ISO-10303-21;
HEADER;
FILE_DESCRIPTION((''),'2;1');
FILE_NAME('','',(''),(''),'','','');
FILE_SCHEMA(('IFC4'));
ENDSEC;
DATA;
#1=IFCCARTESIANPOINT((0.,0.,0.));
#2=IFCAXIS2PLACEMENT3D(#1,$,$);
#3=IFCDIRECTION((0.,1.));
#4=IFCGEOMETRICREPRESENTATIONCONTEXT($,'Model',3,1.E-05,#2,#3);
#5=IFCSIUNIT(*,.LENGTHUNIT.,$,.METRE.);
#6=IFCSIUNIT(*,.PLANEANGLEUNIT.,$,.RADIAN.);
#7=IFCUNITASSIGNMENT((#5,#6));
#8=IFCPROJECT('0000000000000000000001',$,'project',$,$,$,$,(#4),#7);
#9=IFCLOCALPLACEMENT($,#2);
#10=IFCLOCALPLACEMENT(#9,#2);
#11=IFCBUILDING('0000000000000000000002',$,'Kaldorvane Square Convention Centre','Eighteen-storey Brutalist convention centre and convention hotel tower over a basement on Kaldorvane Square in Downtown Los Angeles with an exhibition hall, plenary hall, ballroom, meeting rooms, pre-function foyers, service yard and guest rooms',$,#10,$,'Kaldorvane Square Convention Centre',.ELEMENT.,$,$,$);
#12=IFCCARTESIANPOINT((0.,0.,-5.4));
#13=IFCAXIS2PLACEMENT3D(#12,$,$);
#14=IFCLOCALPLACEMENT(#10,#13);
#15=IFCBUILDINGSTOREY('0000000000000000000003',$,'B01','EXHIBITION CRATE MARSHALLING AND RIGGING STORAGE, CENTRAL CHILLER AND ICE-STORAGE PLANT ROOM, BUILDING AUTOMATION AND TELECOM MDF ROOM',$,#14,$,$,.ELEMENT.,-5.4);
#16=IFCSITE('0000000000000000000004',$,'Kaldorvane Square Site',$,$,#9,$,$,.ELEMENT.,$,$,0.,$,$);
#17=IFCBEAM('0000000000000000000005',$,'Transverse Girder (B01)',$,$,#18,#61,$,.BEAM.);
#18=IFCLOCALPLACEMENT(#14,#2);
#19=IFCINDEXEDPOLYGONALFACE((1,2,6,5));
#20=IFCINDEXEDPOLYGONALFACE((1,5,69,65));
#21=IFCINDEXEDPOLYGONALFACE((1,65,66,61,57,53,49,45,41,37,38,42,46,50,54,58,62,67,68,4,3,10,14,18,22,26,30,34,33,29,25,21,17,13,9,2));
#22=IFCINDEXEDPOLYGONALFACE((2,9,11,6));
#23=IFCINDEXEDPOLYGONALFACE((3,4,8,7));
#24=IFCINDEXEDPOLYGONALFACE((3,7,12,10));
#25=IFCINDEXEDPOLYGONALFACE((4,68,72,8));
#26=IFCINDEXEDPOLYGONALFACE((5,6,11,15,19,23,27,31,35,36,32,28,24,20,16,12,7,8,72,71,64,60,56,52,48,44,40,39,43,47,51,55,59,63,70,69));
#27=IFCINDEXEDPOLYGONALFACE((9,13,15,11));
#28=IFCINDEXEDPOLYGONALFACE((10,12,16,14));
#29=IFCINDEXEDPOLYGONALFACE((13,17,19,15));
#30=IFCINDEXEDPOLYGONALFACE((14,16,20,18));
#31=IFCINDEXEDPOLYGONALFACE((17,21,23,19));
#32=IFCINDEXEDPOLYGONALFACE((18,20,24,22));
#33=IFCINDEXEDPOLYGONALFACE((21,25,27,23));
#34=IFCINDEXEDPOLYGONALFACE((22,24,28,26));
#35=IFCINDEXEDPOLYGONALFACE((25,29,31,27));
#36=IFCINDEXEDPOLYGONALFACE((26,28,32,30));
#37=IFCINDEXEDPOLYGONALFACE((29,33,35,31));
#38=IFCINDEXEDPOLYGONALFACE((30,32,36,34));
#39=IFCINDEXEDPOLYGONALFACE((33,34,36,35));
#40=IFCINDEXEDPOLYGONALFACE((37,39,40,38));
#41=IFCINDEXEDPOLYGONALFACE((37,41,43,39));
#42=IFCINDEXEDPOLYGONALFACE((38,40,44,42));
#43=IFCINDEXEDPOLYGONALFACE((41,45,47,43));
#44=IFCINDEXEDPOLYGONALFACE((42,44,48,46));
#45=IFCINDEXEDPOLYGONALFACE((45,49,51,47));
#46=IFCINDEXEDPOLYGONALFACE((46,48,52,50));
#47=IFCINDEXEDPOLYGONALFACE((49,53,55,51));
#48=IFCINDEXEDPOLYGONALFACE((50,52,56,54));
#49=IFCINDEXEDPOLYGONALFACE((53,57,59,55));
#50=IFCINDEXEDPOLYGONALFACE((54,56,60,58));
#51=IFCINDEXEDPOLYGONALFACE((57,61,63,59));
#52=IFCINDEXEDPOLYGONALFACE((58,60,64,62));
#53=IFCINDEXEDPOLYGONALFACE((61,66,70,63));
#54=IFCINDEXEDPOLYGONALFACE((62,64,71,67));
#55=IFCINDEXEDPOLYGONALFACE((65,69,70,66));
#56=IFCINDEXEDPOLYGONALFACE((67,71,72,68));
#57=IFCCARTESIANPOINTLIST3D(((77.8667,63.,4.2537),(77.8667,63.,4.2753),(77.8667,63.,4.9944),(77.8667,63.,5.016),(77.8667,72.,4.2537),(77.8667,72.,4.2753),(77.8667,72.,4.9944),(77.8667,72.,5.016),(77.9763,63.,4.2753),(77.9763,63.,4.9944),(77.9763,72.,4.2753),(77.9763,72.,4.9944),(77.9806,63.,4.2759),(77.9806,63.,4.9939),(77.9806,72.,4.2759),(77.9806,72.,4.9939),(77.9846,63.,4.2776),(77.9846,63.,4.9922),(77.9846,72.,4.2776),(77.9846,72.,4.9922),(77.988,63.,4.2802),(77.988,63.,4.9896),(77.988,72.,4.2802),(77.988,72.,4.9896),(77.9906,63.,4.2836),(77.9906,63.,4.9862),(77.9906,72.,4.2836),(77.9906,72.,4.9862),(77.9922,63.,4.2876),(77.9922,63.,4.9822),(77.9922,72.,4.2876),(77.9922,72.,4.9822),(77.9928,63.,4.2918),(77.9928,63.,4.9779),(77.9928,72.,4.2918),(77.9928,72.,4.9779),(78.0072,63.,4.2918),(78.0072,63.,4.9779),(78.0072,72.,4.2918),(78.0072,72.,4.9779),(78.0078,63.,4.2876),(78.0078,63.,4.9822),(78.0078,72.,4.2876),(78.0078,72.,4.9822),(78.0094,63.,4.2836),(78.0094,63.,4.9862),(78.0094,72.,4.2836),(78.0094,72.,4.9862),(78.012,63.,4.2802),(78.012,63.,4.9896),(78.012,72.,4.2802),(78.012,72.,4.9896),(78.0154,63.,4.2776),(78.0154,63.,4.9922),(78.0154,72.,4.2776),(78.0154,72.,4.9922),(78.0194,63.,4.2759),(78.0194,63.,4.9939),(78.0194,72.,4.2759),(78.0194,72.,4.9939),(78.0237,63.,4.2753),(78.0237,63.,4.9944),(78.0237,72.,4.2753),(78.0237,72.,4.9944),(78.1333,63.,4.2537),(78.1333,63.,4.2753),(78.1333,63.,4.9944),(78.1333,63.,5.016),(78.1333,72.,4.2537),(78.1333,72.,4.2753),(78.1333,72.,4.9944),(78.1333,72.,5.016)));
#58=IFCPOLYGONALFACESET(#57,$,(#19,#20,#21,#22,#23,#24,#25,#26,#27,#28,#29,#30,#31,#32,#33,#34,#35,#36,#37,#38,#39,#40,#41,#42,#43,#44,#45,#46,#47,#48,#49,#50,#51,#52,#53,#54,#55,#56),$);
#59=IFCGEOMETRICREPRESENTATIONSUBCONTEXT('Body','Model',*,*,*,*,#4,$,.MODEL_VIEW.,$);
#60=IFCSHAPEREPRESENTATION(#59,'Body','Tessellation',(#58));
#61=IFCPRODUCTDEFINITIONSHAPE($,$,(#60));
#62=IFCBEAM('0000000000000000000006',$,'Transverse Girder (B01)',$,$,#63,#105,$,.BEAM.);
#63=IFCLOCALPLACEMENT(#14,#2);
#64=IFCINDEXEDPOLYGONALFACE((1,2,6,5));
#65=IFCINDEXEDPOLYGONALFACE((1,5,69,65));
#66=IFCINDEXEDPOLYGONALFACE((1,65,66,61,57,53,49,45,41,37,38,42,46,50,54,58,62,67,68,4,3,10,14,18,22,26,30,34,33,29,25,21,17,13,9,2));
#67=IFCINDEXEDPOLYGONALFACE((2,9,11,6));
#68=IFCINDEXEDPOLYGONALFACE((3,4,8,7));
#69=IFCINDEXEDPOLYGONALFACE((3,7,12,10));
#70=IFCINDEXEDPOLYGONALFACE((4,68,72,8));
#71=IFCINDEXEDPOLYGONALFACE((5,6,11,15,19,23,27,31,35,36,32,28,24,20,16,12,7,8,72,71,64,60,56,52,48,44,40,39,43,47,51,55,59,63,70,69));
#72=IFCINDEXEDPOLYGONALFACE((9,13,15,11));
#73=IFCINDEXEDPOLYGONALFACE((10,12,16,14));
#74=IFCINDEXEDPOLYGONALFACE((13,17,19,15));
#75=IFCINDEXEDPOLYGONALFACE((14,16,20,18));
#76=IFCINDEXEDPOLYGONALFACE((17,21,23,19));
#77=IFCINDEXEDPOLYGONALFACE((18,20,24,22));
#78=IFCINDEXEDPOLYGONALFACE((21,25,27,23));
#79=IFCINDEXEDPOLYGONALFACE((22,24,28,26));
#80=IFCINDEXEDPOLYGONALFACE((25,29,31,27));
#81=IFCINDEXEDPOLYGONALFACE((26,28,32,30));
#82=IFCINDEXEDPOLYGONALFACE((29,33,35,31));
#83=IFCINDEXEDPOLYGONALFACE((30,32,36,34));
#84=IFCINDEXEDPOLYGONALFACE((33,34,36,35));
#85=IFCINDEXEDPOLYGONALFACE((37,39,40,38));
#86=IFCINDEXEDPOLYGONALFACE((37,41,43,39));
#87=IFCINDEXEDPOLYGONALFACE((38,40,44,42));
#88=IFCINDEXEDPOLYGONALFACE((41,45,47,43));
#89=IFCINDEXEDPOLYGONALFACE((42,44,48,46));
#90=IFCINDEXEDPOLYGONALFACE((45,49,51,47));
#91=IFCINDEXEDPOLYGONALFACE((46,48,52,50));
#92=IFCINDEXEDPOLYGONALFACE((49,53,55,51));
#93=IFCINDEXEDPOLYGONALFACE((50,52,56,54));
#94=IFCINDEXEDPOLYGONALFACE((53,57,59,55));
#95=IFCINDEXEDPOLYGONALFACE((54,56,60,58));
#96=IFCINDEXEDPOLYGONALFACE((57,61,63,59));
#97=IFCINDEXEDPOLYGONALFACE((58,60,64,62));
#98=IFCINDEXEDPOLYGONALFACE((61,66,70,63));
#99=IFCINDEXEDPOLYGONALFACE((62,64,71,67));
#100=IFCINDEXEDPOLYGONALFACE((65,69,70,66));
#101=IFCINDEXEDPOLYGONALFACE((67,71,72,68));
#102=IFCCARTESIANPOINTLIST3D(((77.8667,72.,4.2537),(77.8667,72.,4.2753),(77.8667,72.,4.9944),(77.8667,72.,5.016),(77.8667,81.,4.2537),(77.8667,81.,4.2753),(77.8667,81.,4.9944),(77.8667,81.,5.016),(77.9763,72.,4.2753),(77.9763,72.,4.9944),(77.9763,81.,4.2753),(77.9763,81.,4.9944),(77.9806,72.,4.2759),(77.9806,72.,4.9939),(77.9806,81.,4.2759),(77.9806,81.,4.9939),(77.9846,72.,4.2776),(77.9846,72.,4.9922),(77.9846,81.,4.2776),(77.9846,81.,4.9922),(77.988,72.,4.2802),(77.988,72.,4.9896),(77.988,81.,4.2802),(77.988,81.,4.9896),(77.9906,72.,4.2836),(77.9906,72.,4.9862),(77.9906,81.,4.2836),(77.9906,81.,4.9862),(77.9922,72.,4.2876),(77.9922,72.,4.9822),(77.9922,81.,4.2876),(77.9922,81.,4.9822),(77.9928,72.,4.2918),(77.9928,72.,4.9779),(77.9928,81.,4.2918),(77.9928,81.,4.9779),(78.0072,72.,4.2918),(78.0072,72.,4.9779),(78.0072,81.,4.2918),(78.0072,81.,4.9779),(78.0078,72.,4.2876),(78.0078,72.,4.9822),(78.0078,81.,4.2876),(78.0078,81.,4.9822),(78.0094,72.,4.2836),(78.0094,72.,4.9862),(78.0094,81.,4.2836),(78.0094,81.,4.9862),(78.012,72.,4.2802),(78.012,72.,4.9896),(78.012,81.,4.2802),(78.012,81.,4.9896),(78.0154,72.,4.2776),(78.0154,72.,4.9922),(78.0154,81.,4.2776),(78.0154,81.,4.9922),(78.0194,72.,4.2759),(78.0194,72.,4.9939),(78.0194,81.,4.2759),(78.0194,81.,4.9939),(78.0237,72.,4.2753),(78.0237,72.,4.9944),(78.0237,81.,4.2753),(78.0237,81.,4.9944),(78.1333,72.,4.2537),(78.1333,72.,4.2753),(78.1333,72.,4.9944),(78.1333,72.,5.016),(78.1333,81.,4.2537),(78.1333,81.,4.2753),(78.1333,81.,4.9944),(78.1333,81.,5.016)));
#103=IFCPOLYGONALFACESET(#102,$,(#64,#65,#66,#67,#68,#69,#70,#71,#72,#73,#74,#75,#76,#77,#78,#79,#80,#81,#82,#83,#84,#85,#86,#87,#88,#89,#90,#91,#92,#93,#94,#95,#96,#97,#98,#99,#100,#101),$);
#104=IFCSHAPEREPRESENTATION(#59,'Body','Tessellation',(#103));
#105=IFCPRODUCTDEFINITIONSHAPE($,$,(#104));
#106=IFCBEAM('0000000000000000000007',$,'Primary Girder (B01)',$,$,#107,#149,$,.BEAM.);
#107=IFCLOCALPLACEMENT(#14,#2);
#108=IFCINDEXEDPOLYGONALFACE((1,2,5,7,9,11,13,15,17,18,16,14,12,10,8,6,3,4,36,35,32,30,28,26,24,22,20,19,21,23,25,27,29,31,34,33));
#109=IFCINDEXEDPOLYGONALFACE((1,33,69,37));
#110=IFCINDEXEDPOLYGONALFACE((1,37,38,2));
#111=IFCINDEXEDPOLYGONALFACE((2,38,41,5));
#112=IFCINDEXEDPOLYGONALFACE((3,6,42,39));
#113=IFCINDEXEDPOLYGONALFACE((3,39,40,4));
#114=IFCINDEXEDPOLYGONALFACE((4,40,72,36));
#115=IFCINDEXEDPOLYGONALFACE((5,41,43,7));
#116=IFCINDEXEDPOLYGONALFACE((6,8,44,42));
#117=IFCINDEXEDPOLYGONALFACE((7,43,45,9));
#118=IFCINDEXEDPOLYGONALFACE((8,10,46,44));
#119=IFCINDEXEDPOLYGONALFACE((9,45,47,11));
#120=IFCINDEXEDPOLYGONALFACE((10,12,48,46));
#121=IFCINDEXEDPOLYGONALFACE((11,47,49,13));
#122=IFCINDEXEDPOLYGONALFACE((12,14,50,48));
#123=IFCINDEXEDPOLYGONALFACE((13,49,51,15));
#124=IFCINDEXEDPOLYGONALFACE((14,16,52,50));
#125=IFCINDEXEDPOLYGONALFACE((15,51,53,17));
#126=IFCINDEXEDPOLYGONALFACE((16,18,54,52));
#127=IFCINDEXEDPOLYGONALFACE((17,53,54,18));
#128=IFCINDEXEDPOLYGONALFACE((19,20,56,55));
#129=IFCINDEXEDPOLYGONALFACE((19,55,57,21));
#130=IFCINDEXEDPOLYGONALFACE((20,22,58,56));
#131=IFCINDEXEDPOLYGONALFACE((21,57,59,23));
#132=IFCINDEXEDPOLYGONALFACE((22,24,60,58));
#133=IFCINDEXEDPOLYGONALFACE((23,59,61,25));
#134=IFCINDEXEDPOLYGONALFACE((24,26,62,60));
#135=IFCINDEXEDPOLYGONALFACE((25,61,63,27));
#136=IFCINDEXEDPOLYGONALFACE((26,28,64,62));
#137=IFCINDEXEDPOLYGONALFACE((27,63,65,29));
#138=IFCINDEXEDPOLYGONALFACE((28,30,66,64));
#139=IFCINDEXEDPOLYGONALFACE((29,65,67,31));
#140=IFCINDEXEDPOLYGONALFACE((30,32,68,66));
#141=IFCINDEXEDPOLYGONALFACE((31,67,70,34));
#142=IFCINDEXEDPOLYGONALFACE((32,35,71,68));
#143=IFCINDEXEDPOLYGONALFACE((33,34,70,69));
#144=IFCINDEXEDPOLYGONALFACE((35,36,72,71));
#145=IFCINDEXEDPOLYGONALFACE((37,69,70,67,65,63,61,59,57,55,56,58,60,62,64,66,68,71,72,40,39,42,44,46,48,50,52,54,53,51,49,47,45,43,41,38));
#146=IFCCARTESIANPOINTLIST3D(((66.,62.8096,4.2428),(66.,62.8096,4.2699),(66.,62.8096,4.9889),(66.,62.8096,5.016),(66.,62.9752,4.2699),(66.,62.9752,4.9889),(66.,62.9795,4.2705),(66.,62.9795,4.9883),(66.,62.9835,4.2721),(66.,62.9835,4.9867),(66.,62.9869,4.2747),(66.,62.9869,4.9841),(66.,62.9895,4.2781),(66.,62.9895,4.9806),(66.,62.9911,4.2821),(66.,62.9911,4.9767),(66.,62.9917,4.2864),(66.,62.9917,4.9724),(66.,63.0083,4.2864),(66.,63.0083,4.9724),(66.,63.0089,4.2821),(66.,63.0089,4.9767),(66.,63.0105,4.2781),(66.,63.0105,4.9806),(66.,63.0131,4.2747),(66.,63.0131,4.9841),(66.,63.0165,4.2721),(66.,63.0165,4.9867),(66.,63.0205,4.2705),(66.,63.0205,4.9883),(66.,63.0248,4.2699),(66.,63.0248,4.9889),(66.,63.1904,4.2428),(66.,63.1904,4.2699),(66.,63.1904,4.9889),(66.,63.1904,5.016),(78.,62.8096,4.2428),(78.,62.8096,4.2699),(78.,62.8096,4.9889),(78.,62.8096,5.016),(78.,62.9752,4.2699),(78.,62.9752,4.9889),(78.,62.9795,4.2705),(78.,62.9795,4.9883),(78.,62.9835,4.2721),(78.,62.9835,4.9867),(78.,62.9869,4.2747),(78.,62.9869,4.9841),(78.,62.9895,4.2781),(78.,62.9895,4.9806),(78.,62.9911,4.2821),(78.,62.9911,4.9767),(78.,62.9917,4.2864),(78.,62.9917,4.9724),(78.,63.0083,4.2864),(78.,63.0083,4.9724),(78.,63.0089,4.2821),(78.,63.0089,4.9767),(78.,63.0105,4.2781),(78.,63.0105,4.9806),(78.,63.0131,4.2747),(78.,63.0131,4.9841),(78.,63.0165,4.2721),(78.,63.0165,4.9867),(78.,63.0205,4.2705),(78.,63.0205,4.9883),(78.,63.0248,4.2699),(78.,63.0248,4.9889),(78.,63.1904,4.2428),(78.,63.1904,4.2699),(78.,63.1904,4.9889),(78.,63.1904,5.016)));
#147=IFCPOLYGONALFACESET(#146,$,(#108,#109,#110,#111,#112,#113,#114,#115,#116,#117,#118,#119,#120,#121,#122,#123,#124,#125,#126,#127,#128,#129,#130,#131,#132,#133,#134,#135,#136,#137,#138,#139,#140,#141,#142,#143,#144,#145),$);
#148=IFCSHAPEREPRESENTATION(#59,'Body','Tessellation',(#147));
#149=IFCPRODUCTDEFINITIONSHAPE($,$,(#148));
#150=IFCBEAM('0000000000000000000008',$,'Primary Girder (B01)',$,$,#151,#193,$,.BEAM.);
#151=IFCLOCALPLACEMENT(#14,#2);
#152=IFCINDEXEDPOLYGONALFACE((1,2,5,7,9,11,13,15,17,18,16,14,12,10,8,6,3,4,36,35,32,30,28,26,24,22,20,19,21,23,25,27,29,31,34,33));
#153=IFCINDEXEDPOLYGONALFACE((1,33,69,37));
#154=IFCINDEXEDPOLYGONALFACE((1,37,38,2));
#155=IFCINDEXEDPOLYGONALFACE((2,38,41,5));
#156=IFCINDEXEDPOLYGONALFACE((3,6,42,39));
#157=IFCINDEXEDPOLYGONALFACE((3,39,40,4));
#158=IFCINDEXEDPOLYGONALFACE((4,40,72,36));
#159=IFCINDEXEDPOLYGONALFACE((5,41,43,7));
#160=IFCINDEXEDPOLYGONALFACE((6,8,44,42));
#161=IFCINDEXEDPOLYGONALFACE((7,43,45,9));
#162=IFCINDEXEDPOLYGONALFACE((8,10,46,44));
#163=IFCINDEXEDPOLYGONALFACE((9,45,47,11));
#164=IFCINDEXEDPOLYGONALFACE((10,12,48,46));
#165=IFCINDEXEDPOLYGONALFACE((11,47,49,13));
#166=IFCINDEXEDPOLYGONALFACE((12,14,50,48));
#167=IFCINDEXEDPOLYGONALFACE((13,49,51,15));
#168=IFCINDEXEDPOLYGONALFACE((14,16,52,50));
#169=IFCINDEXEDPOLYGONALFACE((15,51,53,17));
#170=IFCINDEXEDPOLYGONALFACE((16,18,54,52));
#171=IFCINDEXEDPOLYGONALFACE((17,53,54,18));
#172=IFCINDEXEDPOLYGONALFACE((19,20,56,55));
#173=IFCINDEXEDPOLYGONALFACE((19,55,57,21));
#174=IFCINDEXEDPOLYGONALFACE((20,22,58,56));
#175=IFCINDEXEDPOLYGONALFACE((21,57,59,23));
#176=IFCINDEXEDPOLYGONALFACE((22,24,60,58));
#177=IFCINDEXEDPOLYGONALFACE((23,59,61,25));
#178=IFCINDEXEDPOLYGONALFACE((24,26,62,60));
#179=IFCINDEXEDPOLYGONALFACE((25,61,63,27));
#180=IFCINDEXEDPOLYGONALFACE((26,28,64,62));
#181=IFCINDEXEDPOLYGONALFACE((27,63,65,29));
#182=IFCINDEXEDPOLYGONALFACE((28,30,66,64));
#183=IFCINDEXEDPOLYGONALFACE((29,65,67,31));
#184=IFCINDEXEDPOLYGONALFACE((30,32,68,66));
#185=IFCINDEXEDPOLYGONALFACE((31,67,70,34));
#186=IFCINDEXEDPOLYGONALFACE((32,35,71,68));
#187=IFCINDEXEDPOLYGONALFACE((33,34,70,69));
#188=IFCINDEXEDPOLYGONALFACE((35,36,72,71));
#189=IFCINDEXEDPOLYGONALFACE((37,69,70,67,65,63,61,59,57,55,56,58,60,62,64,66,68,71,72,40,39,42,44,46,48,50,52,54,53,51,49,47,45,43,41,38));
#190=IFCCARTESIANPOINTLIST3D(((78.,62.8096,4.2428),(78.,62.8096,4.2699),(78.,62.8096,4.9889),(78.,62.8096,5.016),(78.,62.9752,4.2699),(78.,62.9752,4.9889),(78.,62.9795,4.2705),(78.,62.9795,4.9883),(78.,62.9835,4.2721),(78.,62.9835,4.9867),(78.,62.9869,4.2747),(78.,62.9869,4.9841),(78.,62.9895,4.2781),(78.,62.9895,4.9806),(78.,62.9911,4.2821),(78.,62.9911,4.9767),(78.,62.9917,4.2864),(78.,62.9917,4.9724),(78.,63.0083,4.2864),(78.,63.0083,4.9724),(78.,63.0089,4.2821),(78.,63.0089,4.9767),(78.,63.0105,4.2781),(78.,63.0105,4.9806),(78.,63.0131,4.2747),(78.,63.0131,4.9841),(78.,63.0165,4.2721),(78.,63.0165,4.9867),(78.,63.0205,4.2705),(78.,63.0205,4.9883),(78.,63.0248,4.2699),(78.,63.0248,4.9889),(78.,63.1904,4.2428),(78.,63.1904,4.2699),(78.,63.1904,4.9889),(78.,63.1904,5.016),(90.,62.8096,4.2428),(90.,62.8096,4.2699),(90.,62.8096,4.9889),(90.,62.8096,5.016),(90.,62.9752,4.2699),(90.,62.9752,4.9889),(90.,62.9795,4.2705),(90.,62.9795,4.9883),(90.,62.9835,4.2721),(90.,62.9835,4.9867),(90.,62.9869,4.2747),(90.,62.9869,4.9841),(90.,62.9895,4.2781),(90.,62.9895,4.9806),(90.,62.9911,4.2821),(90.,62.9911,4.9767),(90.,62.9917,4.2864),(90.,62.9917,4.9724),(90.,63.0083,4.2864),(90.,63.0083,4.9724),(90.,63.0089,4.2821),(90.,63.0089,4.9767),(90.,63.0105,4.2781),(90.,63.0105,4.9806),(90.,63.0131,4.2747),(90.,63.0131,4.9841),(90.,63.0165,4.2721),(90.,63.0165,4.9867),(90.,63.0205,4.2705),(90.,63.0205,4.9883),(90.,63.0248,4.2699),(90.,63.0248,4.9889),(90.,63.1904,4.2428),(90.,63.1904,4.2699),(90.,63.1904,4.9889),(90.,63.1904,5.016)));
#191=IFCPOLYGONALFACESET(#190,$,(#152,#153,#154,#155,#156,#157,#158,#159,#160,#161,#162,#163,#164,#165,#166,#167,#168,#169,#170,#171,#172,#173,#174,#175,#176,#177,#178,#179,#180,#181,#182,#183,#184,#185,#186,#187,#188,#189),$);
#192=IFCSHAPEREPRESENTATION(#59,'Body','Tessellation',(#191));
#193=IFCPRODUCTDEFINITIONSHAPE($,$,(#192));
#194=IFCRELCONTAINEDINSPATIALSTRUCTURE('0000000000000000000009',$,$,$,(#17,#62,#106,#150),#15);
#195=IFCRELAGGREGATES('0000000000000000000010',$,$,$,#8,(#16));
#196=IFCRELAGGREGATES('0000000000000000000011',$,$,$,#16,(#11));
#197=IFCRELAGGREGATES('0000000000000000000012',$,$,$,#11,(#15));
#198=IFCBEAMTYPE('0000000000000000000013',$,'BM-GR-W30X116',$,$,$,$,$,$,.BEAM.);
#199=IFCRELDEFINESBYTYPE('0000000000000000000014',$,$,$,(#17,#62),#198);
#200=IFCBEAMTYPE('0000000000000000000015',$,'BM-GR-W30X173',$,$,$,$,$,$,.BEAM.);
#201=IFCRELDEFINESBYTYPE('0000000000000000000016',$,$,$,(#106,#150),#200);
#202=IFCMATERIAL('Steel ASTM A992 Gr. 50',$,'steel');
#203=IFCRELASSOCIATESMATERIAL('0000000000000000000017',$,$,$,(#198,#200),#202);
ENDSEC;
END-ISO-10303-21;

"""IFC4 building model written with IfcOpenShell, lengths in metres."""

from ifc_helpers import new_model, si_unit, direction, frame, origin, origin_2d, place, context, subcontext, project, spatial, i_section, extrude, material, material_profile, profile_set, type_object, element, save


model = new_model("IFC4")

# Units and contexts
model_context = context("Model", 3, precision=1e-05, world=origin(), true_north=direction((0.0, 1.0)))
body_context = subcontext(model_context, "Body", "Model", "MODEL_VIEW")
ifc_project = project(units=[si_unit("LENGTHUNIT", "METRE"), si_unit("PLANEANGLEUNIT", "RADIAN")], contexts=[model_context])

# Site, building, storey
site_placement = place(None, origin())
site = spatial("IfcSite", under=ifc_project, at=site_placement, Name="Kaldorvane Square Site", CompositionType="ELEMENT", RefElevation=0.0)
building_placement = place(site_placement, origin())
building = spatial("IfcBuilding", under=site, at=building_placement, Name="Kaldorvane Square Convention Centre", Description="Eighteen-storey Brutalist convention centre and convention hotel tower over a basement on Kaldorvane Square in Downtown Los Angeles with an exhibition hall, plenary hall, ballroom, meeting rooms, pre-function foyers, service yard and guest rooms", LongName="Kaldorvane Square Convention Centre", CompositionType="ELEMENT")
storey_placement = place(building_placement, frame((0.0, 0.0, -5.4)))
storey = spatial("IfcBuildingStorey", under=building, at=storey_placement, Name="B01", Description="EXHIBITION CRATE MARSHALLING AND RIGGING STORAGE, CENTRAL CHILLER AND ICE-STORAGE PLANT ROOM, BUILDING AUTOMATION AND TELECOM MDF ROOM", CompositionType="ELEMENT", Elevation=-5.4)

# Shared definitions
ifc_material_1 = material(Name="Steel ASTM A992 Gr. 50", Category="steel")

# Beams
ifc_material_profile_1 = material_profile(ifc_material_1, i_section(OverallWidth=0.2666, OverallDepth=0.7623, WebThickness=0.0144, FlangeThickness=0.0216, FilletRadius=0.0165, at=origin_2d()), Name="W30X116")
ifc_profile_set_1 = profile_set([ifc_material_profile_1], Name="Steel ASTM A992 Gr. 50")
beam_type_1 = type_object("IfcBeamType", Name="BM-GR-W30X116", PredefinedType="BEAM", material=ifc_profile_set_1)
for number, where, z_axis, x_axis, name in (
    (1, (78.0, 63.0, 4.6349), (0.0, 1.0, 0.0), (-1.0, 0.0, 0.0), "Transverse Girder (B01)"),
    (2, (78.0, 72.0, 4.6349), (0.0, 1.0, 0.0), (-1.0, 0.0, 0.0), "Transverse Girder (B01)"),
):
    element("IfcBeam", number, at=place(storey_placement, frame(where, z_axis=z_axis, x_axis=x_axis)), inside=storey, type_object=beam_type_1, Name=name, PredefinedType="BEAM", context=body_context, shape_type="SweptSolid", body=[
        extrude(i_section(OverallWidth=0.2666, OverallDepth=0.7623, WebThickness=0.0144, FlangeThickness=0.0216, FilletRadius=0.0165, at=origin_2d()), origin(), (0.0, 0.0, 1.0), 9.0),
    ])
ifc_material_profile_2 = material_profile(ifc_material_1, i_section(OverallWidth=0.3807, OverallDepth=0.7732, WebThickness=0.0166, FlangeThickness=0.0271, FilletRadius=0.0165, at=origin_2d()), Name="W30X173")
ifc_profile_set_2 = profile_set([ifc_material_profile_2], Name="Steel ASTM A992 Gr. 50")
beam_type_2 = type_object("IfcBeamType", Name="BM-GR-W30X173", PredefinedType="BEAM", material=ifc_profile_set_2)
for number, where, z_axis, x_axis, name in (
    (3, (66.0, 63.0, 4.6294), (1.0, 0.0, 0.0), (0.0, 1.0, 0.0), "Primary Girder (B01)"),
    (4, (78.0, 63.0, 4.6294), (1.0, 0.0, 0.0), (0.0, 1.0, 0.0), "Primary Girder (B01)"),
):
    element("IfcBeam", number, at=place(storey_placement, frame(where, z_axis=z_axis, x_axis=x_axis)), inside=storey, type_object=beam_type_2, Name=name, PredefinedType="BEAM", context=body_context, shape_type="SweptSolid", body=[
        extrude(i_section(OverallWidth=0.3807, OverallDepth=0.7732, WebThickness=0.0166, FlangeThickness=0.0271, FilletRadius=0.0165, at=origin_2d()), origin(), (0.0, 0.0, 1.0), 12.0),
    ])

save(model, "model.ifc")
